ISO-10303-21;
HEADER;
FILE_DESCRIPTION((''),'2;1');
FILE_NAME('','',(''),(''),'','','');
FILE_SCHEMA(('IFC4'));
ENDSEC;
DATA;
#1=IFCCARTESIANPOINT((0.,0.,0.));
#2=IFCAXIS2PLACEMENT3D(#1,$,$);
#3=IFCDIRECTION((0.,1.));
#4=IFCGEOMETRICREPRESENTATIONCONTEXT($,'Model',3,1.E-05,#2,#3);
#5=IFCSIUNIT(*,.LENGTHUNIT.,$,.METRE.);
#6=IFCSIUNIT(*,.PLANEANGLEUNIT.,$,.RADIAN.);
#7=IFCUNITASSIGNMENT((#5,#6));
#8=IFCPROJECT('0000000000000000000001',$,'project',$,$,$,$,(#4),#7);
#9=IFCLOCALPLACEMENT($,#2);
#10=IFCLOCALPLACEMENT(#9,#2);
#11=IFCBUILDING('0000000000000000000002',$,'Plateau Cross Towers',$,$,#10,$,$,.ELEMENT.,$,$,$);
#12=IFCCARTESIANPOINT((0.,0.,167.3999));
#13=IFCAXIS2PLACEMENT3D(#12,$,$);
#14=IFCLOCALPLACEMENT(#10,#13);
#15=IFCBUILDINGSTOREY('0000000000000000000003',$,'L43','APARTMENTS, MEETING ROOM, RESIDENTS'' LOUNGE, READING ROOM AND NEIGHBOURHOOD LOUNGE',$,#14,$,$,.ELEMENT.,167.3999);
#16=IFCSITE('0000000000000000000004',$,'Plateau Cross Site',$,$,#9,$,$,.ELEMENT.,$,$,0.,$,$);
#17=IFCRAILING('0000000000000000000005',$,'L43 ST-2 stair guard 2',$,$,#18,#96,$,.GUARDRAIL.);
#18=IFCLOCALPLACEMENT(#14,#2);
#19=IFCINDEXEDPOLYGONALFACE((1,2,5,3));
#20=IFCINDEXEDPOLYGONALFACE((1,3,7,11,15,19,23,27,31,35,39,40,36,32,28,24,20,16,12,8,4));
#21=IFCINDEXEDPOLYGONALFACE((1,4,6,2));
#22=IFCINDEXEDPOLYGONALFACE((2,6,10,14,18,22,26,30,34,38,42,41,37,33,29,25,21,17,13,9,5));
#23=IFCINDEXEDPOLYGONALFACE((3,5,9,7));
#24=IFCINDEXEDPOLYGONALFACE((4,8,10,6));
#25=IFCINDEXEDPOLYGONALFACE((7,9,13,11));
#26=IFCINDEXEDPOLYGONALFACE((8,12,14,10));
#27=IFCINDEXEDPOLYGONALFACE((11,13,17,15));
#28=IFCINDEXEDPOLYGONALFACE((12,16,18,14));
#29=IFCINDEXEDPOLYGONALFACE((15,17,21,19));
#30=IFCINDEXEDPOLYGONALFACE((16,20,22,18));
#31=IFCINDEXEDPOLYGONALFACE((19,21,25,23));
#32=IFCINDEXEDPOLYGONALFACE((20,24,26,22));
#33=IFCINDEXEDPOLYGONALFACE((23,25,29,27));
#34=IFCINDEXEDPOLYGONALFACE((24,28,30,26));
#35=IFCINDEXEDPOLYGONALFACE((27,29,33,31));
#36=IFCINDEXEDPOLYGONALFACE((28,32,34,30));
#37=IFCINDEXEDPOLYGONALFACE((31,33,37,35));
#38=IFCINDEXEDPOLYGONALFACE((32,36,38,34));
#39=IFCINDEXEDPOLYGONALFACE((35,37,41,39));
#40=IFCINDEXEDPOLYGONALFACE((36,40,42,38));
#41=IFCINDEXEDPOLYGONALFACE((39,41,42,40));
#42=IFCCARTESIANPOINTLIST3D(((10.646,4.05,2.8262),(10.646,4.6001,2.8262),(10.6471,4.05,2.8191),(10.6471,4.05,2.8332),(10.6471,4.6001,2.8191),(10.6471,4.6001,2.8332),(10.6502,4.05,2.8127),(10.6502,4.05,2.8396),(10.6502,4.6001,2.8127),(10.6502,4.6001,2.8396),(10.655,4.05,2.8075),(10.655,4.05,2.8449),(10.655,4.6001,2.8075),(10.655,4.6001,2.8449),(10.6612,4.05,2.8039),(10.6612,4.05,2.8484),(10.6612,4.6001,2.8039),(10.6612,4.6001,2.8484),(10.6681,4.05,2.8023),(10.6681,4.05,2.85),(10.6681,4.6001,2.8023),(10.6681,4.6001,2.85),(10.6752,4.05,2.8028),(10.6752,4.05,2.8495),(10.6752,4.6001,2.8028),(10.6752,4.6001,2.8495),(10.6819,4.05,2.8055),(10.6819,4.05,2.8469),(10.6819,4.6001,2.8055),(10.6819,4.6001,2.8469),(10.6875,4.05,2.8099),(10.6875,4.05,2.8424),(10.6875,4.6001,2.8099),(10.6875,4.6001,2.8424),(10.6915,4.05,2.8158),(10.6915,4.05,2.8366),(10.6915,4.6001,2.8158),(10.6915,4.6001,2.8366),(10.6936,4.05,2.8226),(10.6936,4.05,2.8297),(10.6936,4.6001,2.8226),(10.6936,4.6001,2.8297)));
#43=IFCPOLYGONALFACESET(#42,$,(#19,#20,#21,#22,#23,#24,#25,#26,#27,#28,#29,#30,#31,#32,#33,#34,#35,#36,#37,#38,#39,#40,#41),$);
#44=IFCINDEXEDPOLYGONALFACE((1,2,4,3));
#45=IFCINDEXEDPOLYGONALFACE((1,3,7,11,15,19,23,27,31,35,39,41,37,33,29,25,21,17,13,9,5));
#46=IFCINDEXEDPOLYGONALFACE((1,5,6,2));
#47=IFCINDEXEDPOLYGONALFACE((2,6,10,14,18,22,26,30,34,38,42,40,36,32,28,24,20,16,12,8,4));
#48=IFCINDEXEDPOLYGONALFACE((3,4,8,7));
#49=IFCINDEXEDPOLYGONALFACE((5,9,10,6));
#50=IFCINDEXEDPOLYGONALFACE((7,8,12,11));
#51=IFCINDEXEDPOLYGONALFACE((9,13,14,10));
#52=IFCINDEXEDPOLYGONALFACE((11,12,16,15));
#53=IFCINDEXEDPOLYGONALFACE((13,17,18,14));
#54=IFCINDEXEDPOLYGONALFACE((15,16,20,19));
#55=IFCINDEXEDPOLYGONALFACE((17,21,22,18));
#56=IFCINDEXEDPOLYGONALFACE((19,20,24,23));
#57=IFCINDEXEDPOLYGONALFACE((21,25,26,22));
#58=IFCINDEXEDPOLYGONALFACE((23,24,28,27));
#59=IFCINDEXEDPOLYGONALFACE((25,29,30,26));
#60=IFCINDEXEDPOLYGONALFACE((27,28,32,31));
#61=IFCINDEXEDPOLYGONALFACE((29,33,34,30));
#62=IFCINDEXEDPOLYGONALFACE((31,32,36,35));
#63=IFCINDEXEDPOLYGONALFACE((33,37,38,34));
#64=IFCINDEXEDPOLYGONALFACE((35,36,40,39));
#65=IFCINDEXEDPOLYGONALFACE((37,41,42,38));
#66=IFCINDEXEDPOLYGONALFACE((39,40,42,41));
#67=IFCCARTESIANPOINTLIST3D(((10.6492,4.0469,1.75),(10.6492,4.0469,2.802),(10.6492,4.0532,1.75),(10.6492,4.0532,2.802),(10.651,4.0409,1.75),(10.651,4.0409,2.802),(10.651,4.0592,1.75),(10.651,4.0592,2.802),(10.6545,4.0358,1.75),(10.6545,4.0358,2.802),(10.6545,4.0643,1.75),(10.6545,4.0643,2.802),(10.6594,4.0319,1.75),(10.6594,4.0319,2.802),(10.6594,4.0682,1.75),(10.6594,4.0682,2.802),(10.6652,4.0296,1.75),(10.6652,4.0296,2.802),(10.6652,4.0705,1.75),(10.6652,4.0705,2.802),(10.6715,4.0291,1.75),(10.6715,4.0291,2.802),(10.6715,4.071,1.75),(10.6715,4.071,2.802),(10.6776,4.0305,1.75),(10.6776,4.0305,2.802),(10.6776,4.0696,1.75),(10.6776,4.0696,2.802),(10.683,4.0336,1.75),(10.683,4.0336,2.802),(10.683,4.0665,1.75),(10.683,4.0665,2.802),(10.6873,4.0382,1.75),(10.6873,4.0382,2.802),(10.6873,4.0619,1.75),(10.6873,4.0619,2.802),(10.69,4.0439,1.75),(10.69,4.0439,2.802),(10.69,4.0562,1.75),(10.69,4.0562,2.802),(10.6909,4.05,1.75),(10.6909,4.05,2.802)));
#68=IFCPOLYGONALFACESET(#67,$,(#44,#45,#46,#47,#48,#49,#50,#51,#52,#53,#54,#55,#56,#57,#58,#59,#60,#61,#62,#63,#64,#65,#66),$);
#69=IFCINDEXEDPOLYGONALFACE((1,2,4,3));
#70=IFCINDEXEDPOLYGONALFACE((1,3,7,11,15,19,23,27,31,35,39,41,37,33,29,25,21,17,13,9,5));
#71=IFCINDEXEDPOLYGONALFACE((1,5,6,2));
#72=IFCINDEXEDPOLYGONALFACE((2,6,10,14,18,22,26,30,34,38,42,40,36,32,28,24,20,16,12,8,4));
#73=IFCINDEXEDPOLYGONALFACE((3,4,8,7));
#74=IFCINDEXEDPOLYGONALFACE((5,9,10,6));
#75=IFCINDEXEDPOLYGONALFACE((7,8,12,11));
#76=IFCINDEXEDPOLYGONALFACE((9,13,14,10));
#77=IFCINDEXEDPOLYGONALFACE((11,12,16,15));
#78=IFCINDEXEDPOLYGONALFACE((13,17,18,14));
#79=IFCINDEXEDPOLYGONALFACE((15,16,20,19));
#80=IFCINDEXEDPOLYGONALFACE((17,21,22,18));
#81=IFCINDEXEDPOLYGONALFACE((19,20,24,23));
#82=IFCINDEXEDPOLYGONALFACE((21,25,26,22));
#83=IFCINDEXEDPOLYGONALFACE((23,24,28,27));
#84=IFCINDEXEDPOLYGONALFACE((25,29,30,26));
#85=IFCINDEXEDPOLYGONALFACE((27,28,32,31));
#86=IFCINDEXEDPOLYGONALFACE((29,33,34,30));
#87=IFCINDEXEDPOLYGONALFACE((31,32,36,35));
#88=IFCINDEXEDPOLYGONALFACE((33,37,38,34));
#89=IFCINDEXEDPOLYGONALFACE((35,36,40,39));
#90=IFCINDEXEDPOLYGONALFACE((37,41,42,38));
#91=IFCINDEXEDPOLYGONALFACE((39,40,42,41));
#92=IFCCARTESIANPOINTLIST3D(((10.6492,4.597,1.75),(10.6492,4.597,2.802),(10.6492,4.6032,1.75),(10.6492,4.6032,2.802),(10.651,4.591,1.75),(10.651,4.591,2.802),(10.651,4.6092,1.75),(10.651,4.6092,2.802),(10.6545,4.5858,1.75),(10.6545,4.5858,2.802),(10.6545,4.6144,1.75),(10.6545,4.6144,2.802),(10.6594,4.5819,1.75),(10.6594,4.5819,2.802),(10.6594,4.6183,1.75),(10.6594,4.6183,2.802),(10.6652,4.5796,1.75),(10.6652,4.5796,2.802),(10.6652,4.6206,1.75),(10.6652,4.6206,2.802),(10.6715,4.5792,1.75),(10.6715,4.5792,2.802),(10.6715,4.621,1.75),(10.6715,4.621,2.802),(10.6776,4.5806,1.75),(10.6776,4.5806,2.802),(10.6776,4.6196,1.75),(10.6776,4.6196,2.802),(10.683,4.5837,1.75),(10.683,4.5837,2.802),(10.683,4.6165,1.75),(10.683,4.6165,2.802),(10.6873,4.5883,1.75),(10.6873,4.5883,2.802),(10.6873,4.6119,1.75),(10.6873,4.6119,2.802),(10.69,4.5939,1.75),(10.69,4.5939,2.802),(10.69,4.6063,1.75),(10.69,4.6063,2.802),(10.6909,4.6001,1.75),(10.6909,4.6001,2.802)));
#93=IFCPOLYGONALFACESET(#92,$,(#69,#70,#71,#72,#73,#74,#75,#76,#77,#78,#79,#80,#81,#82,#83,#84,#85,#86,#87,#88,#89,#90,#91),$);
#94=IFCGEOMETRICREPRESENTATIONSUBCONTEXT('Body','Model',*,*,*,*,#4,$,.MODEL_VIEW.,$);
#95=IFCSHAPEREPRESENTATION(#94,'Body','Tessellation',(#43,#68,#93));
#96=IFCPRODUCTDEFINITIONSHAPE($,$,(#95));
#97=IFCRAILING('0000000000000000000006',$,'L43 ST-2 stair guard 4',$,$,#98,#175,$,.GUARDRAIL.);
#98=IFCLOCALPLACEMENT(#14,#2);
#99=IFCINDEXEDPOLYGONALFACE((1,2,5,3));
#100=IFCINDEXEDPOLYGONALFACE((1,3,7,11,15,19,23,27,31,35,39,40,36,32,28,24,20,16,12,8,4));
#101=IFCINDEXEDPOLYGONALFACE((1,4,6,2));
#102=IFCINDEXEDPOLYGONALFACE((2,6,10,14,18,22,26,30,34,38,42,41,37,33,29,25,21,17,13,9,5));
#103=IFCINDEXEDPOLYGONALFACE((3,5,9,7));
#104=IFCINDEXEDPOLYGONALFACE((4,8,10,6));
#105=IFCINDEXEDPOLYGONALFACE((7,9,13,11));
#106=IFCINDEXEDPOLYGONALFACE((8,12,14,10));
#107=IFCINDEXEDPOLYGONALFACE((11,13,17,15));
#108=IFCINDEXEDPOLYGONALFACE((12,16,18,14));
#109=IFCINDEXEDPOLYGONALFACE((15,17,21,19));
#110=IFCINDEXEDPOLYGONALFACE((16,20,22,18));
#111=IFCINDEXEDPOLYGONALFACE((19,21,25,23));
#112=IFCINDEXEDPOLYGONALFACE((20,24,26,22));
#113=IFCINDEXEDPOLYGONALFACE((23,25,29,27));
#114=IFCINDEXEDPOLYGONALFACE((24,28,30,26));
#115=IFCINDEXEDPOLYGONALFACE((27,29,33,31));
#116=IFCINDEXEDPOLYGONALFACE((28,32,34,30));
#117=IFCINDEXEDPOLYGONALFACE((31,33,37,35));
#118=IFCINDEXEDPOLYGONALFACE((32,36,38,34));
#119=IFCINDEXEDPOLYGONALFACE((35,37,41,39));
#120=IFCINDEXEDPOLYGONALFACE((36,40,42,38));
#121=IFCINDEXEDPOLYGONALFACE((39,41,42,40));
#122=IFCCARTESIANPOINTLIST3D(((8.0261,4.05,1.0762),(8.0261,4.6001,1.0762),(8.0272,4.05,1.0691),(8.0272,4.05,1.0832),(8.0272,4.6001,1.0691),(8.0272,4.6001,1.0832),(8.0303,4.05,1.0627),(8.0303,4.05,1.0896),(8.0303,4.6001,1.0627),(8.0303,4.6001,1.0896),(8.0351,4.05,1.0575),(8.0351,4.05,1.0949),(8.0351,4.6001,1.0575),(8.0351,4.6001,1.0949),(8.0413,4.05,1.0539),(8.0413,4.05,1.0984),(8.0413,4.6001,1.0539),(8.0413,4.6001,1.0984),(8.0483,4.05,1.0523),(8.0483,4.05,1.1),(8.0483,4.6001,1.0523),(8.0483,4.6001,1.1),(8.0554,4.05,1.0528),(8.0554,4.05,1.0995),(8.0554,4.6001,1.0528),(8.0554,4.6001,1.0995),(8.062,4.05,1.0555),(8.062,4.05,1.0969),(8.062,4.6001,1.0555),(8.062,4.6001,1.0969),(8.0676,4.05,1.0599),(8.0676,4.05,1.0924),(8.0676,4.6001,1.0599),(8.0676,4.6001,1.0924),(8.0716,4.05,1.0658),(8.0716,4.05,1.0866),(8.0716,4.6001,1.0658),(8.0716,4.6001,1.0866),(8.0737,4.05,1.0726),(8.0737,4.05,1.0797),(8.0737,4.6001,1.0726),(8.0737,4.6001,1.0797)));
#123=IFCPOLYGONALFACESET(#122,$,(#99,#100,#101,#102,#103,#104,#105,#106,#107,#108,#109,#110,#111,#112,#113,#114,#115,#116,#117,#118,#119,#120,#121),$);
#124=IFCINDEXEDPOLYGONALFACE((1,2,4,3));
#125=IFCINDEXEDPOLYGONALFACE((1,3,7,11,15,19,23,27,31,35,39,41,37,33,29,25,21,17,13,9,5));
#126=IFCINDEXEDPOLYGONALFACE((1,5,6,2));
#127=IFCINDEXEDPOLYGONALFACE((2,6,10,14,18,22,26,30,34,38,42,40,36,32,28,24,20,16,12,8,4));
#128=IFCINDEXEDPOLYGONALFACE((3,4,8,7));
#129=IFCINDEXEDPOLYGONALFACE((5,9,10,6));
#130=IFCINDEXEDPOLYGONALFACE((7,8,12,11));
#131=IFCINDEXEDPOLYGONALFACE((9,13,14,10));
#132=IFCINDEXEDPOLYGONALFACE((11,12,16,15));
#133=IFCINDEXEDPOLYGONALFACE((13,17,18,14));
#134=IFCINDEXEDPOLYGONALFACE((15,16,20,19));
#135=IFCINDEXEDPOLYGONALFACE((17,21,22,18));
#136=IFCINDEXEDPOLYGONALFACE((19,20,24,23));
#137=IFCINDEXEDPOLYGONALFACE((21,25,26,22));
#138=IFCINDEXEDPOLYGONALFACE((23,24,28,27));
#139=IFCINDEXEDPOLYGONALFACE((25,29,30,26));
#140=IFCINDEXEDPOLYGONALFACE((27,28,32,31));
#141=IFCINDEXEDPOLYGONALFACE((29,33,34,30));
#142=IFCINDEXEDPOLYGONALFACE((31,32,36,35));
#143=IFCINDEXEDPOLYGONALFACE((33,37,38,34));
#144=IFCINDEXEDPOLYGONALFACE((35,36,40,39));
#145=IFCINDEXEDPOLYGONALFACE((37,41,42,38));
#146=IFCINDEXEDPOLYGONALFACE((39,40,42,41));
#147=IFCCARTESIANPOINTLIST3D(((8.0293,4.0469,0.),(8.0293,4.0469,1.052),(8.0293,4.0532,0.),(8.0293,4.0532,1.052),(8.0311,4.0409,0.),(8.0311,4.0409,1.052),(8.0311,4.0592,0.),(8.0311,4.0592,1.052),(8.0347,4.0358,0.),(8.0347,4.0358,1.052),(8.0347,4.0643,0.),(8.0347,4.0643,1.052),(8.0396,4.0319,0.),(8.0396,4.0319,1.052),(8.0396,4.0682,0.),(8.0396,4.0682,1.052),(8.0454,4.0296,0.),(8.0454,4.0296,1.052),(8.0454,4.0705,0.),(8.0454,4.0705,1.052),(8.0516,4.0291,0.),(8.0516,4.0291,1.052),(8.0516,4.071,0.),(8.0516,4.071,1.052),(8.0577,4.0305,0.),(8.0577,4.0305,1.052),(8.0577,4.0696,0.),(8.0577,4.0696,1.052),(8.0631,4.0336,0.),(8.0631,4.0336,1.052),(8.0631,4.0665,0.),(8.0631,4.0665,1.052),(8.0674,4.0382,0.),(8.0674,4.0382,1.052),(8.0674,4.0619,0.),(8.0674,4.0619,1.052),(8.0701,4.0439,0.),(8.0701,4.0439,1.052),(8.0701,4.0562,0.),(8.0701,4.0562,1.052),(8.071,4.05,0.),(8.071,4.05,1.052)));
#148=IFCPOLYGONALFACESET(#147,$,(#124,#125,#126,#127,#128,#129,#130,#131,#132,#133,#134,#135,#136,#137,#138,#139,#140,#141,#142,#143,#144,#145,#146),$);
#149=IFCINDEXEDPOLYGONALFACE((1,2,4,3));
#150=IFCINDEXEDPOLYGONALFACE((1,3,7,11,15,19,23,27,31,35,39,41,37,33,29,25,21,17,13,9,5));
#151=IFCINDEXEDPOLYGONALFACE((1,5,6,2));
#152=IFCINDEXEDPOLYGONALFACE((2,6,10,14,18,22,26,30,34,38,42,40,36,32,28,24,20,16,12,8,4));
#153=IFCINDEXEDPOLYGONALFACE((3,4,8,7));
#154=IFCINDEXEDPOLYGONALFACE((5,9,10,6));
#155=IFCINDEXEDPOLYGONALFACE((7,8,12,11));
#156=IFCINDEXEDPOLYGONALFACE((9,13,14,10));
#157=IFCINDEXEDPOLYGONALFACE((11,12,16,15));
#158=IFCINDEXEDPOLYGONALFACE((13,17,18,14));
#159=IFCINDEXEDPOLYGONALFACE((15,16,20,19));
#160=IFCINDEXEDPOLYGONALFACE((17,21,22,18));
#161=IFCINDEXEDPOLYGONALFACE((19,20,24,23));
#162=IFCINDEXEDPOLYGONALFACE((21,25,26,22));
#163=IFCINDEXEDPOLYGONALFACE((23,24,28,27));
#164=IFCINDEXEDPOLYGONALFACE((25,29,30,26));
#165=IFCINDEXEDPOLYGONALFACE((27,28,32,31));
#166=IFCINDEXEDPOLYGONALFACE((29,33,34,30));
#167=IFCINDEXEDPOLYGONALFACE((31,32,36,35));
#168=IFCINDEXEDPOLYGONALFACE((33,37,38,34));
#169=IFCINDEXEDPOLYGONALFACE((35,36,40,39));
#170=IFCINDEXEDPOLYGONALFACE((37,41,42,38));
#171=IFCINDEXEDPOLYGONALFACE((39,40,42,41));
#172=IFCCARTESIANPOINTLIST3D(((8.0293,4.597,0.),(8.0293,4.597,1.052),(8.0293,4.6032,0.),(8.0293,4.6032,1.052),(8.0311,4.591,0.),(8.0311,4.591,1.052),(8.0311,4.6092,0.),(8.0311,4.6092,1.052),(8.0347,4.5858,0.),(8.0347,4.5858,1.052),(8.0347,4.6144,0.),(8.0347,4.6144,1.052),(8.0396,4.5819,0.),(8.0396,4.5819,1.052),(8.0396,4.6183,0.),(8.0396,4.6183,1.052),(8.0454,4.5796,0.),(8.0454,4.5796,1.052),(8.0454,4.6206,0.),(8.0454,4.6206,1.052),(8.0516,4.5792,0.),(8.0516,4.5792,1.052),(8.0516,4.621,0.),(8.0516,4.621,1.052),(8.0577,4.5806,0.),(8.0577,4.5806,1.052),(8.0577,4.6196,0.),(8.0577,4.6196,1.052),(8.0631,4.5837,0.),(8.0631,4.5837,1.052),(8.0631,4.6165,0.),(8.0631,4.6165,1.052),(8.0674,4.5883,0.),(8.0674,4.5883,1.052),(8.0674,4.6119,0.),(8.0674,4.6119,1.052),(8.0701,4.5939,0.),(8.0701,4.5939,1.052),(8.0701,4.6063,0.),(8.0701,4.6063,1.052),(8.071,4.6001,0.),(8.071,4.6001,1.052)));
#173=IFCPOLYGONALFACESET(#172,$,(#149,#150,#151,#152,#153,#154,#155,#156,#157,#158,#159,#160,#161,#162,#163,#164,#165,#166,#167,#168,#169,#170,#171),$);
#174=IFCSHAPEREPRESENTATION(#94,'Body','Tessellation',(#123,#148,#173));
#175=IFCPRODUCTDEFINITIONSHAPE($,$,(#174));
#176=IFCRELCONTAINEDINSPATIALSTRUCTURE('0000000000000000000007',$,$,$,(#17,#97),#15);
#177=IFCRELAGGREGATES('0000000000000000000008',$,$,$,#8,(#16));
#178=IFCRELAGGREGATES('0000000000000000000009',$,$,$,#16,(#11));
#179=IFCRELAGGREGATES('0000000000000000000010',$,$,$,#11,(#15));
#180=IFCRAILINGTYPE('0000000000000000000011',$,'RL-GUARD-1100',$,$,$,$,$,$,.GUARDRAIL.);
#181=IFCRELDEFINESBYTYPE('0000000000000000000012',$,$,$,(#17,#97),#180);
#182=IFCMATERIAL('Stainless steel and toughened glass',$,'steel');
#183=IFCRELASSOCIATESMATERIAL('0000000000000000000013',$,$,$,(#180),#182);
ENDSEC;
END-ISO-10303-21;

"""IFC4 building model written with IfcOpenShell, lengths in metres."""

from ifc_helpers import new_model, si_unit, direction, frame, origin, origin_2d, place, context, subcontext, project, spatial, circle, extrude, material, type_object, element, save


model = new_model("IFC4")

# Units and contexts
model_context = context("Model", 3, precision=1e-05, world=origin(), true_north=direction((0.0, 1.0)))
body_context = subcontext(model_context, "Body", "Model", "MODEL_VIEW")
ifc_project = project(units=[si_unit("LENGTHUNIT", "METRE"), si_unit("PLANEANGLEUNIT", "RADIAN")], contexts=[model_context])

# Site, building, storey
site_placement = place(None, origin())
site = spatial("IfcSite", under=ifc_project, at=site_placement, Name="Plateau Cross Site", CompositionType="ELEMENT", RefElevation=0.0)
building_placement = place(site_placement, origin())
building = spatial("IfcBuilding", under=site, at=building_placement, Name="Plateau Cross Towers", CompositionType="ELEMENT")
storey_placement = place(building_placement, frame((0.0, 0.0, 167.3999)))
storey = spatial("IfcBuildingStorey", under=building, at=storey_placement, Name="L43", Description="APARTMENTS, MEETING ROOM, RESIDENTS' LOUNGE, READING ROOM AND NEIGHBOURHOOD LOUNGE", CompositionType="ELEMENT", Elevation=167.3999)

# Railings
ifc_material_1 = material(Name="Stainless steel and toughened glass", Category="steel")
railing_type_1 = type_object("IfcRailingType", Name="RL-GUARD-1100", PredefinedType="GUARDRAIL", material=ifc_material_1)
for number, where, name in (
    (1, (10.6699, 4.05, 1.75), "L43 ST-2 stair guard 2"),
    (2, (8.05, 4.05, 0.0), "L43 ST-2 stair guard 4"),
):
    element("IfcRailing", number, at=place(storey_placement, frame(where)), inside=storey, type_object=railing_type_1, Name=name, PredefinedType="GUARDRAIL", context=body_context, shape_type="SweptSolid", body=[
        extrude(circle(Radius=0.0239, at=origin_2d()), frame((0.0, 0.0, 1.0762), z_axis=(0.0, 1.0, 0.0), x_axis=(-1.0, 0.0, 0.0)), (0.0, 0.0, 1.0), 0.55),
        extrude(circle(Radius=0.021, at=origin_2d()), origin(), (0.0, 0.0, 1.0), 1.052),
        extrude(circle(Radius=0.021, at=origin_2d()), frame((0.0, 0.55, 0.0)), (0.0, 0.0, 1.0), 1.052),
    ])

save(model, "model.ifc")
